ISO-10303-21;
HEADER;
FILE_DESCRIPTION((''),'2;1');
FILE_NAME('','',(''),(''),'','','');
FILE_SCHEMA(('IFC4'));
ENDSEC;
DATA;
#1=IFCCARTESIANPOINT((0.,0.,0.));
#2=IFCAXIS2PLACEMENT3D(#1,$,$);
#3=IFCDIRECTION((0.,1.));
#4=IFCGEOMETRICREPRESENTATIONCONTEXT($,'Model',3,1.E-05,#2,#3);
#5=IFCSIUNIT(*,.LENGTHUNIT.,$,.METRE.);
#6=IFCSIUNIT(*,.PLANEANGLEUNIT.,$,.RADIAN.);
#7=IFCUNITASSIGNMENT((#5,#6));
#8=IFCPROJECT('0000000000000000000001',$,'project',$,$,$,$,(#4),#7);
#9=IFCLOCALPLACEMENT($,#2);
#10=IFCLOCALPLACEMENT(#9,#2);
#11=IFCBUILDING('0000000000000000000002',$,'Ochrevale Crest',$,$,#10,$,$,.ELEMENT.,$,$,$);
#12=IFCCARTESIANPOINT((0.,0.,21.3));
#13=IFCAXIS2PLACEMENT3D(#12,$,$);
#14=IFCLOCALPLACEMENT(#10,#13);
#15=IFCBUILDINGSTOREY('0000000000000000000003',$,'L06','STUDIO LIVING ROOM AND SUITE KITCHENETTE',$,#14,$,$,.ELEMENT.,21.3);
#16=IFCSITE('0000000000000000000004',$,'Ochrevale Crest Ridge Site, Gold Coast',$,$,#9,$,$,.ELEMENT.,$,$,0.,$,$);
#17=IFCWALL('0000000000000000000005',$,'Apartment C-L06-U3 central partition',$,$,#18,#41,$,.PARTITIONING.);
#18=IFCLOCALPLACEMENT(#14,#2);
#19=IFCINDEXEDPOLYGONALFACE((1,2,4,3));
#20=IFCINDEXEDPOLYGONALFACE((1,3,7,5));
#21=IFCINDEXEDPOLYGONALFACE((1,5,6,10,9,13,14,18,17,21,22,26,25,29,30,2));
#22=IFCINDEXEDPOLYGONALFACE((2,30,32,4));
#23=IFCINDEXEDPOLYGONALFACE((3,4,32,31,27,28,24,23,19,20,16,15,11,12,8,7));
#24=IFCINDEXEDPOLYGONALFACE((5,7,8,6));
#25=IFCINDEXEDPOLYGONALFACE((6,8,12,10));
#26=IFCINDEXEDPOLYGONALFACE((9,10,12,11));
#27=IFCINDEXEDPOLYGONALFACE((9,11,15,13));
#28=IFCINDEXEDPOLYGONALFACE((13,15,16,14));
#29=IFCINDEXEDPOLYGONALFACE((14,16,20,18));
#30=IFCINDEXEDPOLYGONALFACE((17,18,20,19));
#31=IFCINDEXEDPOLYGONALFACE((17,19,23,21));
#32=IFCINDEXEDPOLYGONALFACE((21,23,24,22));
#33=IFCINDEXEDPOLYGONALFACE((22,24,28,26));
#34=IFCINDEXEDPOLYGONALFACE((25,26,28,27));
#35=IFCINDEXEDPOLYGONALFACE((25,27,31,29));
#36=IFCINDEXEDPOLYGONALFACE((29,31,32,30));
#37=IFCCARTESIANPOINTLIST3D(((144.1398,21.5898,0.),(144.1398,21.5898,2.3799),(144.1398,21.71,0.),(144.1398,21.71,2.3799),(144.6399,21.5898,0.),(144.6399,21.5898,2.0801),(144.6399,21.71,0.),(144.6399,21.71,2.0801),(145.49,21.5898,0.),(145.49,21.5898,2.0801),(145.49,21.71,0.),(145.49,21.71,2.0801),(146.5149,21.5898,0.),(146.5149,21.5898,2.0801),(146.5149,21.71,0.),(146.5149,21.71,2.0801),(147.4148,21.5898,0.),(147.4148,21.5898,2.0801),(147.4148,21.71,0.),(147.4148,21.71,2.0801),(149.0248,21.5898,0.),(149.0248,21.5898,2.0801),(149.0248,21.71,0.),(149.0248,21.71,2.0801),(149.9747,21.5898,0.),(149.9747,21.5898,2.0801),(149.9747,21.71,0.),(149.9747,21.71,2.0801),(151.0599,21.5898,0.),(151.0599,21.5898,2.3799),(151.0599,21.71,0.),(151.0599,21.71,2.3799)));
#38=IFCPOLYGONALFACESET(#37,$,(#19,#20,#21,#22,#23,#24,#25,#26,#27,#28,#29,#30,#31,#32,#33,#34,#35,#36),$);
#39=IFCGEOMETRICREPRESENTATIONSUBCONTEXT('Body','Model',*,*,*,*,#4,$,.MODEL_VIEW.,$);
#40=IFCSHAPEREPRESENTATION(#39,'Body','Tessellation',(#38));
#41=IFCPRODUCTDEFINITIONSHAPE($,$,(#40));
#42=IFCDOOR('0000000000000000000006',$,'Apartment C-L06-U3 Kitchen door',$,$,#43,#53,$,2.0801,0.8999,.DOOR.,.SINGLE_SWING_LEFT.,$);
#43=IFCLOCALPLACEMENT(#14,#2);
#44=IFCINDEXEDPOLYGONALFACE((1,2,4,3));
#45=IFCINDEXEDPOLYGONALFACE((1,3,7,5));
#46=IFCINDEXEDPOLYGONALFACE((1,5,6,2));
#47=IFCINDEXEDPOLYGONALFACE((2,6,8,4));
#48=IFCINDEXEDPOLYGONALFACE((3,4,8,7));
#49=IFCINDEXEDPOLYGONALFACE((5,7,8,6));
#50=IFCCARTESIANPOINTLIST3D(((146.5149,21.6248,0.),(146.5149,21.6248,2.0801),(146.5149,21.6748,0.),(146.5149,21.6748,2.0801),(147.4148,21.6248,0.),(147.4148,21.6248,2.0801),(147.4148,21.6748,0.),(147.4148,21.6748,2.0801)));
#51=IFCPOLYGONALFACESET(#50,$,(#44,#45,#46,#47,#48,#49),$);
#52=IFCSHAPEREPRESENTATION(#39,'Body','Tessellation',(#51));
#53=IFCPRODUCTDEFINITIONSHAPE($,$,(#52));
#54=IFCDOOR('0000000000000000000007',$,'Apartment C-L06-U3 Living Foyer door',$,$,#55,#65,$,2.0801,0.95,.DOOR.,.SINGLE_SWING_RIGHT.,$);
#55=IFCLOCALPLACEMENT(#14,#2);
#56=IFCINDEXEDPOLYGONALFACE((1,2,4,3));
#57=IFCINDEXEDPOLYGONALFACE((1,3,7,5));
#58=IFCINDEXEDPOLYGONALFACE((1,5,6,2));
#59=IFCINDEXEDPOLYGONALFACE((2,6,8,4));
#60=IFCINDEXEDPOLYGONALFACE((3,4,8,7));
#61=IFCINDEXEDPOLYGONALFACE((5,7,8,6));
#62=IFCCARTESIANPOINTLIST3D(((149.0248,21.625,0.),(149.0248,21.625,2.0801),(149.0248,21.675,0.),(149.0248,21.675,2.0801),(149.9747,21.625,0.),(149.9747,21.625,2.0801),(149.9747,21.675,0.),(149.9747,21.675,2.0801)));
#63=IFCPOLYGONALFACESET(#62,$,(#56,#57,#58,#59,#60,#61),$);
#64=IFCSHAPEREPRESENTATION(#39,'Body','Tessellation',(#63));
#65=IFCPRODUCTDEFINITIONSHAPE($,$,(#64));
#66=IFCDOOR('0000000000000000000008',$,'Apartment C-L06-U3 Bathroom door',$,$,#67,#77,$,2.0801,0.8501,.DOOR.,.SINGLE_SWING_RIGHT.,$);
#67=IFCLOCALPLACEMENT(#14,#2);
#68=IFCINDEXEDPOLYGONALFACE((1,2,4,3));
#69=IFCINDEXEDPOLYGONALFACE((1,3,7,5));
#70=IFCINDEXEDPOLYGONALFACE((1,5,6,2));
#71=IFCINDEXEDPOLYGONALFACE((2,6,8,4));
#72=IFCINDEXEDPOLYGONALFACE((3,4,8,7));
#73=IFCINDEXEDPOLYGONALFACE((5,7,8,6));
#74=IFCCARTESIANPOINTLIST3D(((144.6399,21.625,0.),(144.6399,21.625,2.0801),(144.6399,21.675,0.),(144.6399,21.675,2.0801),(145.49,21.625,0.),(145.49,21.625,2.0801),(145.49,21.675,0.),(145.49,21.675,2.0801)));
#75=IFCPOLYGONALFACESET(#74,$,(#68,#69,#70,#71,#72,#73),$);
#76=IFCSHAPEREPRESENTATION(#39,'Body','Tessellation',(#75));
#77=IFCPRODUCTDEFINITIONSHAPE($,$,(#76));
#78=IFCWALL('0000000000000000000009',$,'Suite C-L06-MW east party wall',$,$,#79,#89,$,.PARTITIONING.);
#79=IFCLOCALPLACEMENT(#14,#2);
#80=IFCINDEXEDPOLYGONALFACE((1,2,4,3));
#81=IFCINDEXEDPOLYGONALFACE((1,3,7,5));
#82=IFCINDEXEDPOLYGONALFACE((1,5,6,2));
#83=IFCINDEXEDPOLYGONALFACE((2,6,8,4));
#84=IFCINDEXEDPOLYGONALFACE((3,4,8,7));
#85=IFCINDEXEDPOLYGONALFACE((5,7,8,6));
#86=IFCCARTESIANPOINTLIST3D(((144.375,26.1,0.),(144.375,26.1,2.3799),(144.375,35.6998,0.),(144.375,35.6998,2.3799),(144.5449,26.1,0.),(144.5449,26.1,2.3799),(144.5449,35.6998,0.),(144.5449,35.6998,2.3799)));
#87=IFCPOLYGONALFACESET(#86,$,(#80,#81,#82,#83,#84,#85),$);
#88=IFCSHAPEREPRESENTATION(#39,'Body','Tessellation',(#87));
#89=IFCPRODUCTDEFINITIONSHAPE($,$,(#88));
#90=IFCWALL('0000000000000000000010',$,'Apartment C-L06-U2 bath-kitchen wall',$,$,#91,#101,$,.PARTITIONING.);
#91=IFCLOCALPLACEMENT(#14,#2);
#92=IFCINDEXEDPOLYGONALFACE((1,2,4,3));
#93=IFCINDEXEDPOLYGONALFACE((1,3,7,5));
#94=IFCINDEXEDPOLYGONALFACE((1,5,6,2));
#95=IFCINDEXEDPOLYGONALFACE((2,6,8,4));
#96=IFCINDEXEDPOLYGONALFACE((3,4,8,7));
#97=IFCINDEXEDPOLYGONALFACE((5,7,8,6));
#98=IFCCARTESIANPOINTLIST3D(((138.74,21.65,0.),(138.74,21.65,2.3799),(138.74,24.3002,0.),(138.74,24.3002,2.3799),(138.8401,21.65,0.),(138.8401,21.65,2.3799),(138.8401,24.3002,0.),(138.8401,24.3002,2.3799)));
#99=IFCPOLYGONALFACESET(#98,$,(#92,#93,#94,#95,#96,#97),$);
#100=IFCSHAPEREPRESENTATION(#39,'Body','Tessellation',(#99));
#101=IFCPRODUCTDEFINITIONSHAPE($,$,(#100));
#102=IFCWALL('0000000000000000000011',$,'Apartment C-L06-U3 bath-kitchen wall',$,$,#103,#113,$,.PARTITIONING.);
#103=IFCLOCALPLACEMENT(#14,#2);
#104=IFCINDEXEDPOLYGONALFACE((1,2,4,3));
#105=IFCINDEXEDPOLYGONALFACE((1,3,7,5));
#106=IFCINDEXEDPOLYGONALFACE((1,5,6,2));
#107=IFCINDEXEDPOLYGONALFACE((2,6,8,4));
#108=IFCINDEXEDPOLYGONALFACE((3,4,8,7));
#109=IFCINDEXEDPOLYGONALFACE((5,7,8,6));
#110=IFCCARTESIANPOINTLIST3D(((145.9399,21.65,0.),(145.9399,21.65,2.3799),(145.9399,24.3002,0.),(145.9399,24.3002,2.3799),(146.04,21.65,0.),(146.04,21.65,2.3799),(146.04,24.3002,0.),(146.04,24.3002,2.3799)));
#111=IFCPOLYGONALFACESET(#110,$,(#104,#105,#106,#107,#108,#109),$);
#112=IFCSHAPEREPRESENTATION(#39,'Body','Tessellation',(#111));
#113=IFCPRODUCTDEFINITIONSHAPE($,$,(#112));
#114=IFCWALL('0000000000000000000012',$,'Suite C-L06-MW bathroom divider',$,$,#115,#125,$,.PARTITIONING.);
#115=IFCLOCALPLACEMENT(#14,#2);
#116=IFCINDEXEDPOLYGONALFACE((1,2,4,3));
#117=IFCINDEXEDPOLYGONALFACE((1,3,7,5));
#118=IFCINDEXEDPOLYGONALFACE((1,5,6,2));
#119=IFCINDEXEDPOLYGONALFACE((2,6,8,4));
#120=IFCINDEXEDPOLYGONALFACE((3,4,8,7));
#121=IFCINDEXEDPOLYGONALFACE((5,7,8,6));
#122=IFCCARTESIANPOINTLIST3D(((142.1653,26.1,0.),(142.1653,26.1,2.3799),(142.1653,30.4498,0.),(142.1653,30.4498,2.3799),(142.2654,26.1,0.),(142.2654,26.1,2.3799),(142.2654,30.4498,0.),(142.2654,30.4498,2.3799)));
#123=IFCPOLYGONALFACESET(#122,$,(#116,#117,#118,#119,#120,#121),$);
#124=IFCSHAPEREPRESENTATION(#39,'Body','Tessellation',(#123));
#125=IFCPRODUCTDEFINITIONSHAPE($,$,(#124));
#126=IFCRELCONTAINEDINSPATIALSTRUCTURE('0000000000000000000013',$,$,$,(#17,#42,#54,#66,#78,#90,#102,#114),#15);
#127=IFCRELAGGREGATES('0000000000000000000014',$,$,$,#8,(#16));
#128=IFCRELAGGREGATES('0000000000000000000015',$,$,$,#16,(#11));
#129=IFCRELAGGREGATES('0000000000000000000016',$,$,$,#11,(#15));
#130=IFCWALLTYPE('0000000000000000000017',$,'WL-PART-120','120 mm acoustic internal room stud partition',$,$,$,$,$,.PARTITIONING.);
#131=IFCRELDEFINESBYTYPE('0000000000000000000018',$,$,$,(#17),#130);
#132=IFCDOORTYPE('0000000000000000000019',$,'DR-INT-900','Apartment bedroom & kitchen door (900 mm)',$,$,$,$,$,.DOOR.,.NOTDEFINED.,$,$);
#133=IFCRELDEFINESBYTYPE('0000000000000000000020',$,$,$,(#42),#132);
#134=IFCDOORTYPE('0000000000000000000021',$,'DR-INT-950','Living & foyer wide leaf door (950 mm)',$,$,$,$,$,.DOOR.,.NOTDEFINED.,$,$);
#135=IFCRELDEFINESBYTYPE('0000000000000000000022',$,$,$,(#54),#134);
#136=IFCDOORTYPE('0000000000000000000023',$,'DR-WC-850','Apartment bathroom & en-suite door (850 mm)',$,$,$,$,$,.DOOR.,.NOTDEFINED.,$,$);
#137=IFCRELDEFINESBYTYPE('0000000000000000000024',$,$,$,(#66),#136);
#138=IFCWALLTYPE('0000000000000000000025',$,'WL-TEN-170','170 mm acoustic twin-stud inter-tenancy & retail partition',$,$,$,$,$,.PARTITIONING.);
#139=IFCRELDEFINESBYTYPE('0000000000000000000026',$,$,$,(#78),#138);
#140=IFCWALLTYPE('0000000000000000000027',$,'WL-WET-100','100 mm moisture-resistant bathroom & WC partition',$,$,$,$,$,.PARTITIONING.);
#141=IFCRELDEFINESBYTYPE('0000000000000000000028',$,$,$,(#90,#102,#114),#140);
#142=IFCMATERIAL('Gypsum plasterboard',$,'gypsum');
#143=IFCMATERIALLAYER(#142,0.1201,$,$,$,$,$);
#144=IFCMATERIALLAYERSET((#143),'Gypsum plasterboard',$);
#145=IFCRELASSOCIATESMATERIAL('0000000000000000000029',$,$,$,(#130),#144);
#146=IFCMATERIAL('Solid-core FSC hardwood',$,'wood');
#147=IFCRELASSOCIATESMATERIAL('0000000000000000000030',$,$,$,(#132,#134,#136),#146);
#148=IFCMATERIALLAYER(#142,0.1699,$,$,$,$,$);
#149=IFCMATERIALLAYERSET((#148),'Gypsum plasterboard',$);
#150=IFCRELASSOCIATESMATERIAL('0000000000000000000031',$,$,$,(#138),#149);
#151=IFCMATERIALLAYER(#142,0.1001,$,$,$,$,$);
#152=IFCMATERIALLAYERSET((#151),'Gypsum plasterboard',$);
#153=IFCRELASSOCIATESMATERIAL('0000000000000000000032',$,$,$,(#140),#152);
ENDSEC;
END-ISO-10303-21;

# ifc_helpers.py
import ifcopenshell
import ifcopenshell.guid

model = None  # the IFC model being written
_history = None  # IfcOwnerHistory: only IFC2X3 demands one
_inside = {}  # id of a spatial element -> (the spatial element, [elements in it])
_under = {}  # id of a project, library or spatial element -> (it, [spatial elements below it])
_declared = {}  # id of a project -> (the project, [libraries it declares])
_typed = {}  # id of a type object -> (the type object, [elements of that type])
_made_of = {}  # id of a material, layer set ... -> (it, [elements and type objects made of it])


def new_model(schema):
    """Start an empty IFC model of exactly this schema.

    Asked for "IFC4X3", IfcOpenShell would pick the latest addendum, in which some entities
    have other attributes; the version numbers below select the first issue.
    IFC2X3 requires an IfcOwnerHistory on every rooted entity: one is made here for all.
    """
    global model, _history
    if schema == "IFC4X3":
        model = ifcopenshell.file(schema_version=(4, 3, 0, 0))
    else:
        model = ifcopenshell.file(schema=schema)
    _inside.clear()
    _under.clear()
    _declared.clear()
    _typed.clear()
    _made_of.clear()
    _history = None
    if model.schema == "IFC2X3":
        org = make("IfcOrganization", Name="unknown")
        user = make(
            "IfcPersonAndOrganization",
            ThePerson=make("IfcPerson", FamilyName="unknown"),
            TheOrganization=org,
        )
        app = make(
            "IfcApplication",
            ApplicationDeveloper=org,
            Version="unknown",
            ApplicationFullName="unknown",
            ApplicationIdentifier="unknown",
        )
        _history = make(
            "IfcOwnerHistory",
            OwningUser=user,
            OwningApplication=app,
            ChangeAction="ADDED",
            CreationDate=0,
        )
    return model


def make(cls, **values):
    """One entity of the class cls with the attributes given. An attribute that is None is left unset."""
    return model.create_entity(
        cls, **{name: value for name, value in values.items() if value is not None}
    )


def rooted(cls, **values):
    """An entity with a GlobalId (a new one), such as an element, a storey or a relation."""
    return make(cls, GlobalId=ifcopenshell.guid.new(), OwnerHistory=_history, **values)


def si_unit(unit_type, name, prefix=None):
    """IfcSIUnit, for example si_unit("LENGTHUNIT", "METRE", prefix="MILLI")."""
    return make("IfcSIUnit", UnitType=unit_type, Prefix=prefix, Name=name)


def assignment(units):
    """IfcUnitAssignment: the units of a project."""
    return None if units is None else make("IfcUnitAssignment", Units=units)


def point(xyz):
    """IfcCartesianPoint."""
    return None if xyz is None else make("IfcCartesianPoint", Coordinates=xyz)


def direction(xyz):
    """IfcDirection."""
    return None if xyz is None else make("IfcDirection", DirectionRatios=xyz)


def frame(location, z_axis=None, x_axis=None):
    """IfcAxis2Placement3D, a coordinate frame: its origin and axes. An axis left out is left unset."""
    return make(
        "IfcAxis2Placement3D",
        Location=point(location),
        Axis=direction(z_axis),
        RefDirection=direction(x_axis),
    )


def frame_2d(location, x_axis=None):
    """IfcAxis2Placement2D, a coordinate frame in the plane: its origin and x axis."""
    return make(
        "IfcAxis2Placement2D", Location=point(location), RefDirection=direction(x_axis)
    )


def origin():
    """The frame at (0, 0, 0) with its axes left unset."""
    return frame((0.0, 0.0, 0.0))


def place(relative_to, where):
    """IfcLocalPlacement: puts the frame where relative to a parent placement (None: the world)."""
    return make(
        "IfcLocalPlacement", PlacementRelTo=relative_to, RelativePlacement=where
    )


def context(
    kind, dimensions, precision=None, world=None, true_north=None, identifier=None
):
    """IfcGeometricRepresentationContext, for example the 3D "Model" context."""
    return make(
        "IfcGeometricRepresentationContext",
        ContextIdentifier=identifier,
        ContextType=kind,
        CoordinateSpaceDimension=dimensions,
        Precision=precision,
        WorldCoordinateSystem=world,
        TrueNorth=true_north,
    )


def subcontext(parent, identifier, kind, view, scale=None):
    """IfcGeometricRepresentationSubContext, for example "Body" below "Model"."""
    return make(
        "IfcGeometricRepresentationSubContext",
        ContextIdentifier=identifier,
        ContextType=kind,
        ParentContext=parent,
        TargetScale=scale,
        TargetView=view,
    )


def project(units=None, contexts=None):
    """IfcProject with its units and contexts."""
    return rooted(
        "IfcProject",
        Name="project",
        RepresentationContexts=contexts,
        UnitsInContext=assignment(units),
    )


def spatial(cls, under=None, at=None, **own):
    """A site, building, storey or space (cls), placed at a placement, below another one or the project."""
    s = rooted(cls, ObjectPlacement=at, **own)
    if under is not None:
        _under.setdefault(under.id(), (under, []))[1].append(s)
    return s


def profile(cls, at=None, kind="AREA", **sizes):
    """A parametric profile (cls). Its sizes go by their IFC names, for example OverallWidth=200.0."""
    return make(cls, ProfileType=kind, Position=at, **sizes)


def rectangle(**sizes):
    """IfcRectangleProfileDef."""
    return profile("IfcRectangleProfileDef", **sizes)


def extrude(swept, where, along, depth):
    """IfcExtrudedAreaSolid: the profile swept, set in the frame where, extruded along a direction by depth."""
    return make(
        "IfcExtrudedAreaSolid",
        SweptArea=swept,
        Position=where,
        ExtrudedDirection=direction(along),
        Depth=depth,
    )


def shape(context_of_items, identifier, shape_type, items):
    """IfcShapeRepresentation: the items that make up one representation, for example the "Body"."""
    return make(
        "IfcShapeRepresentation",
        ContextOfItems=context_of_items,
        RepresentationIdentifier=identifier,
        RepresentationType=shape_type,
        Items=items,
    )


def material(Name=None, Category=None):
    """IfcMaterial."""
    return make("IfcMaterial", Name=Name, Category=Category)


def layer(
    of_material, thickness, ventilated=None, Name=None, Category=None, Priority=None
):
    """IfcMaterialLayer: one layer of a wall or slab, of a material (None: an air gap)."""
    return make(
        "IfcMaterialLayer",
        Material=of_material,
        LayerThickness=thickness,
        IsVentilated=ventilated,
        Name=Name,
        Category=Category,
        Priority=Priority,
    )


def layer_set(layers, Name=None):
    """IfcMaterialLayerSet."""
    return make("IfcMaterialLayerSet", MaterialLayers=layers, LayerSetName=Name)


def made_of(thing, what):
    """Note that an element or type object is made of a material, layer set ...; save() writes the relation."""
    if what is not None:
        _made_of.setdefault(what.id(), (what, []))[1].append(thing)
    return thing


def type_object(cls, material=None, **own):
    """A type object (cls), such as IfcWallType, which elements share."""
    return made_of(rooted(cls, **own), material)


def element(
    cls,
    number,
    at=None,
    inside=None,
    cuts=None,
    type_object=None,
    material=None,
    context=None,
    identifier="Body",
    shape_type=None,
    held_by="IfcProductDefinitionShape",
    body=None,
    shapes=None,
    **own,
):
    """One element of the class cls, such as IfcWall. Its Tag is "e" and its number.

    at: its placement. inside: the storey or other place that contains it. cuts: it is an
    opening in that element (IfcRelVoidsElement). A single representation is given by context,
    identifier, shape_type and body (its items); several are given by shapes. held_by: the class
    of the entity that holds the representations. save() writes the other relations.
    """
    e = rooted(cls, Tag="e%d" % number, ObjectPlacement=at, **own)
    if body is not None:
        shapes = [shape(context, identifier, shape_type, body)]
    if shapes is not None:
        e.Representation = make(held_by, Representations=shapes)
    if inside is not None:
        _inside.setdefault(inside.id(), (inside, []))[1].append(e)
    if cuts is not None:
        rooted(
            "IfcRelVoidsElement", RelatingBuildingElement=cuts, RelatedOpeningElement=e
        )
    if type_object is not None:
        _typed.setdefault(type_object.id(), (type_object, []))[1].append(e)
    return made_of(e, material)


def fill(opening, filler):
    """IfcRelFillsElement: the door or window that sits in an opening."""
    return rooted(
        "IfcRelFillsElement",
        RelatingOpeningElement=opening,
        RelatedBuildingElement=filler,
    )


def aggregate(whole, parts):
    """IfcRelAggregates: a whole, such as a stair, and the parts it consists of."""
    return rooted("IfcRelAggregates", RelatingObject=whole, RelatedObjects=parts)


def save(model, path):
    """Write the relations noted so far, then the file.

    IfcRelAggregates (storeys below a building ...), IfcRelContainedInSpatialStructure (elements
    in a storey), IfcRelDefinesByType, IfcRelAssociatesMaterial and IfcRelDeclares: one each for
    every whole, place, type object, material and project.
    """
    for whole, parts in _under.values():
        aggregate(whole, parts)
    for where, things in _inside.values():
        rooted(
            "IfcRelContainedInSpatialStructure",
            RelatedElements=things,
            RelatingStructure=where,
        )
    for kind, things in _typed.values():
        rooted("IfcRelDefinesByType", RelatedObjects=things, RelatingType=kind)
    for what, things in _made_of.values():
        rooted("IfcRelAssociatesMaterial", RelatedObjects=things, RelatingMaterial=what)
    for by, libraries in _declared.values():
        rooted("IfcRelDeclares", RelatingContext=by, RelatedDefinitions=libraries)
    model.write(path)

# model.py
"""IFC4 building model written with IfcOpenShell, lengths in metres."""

from ifc_helpers import new_model, si_unit, direction, frame, frame_2d, origin, place, context, subcontext, project, spatial, rectangle, extrude, material, layer, layer_set, type_object, element, fill, save


model = new_model("IFC4")

# Units and contexts
model_context = context("Model", 3, precision=1e-05, world=origin(), true_north=direction((0.0, 1.0)))
body_context = subcontext(model_context, "Body", "Model", "MODEL_VIEW")
ifc_project = project(units=[si_unit("LENGTHUNIT", "METRE"), si_unit("PLANEANGLEUNIT", "RADIAN")], contexts=[model_context])

# Site, building, storey
site_placement = place(None, origin())
site = spatial("IfcSite", under=ifc_project, at=site_placement, Name="Ochrevale Crest Ridge Site, Gold Coast", CompositionType="ELEMENT", RefElevation=0.0)
building_placement = place(site_placement, origin())
building = spatial("IfcBuilding", under=site, at=building_placement, Name="Ochrevale Crest", CompositionType="ELEMENT")
storey_placement = place(building_placement, frame((0.0, 0.0, 21.3)))
storey = spatial("IfcBuildingStorey", under=building, at=storey_placement, Name="L06", Description="STUDIO LIVING ROOM AND SUITE KITCHENETTE", CompositionType="ELEMENT", Elevation=21.3)

# Shared definitions
ifc_material_1 = material(Name="Gypsum plasterboard", Category="gypsum")
ifc_material_2 = material(Name="Solid-core FSC hardwood", Category="wood")

# Shared definitions
ifc_layer_1 = layer(ifc_material_1, 0.1201)
ifc_layer_set_1 = layer_set([ifc_layer_1], Name="Gypsum plasterboard")
wall_type_1 = type_object("IfcWallType", Name="WL-PART-120", Description="120 mm acoustic internal room stud partition", PredefinedType="PARTITIONING", material=ifc_layer_set_1)

# Wall, openings, doors
wall_1_placement = place(storey_placement, frame((144.1399, 21.6499, 0.0), z_axis=(0.0, 0.0, 1.0), x_axis=(1.0, 0.0, 0.0)))
wall_1 = element("IfcWall", 1, at=wall_1_placement, inside=storey, type_object=wall_type_1, Name="Apartment C-L06-U3 central partition", PredefinedType="PARTITIONING", context=body_context, shape_type="SweptSolid", body=[
    extrude(rectangle(XDim=6.9202, YDim=0.1201, at=frame_2d((3.46, 0.0))), origin(), (0.0, 0.0, 1.0), 2.3799),
])
opening_1_placement = place(wall_1_placement, frame((1.3501, 0.0, 0.0), z_axis=(0.0, 0.0, 1.0), x_axis=(-1.0, 0.0, 0.0)))
opening_1 = element("IfcOpeningElement", 2, at=opening_1_placement, cuts=wall_1, PredefinedType="OPENING", context=body_context, shape_type="SweptSolid", body=[
    extrude(rectangle(XDim=0.8501, YDim=2.0801, at=frame_2d((0.425, 1.04))), frame((0.0, 0.0701, 0.0), z_axis=(0.0, -1.0, 0.0), x_axis=(1.0, 0.0, 0.0)), (0.0, 0.0, 1.0), 0.1401),
])
opening_2_placement = place(wall_1_placement, frame((2.375, 0.0, 0.0)))
opening_2 = element("IfcOpeningElement", 3, at=opening_2_placement, cuts=wall_1, PredefinedType="OPENING", context=body_context, shape_type="SweptSolid", body=[
    extrude(rectangle(XDim=0.8999, YDim=2.0801, at=frame_2d((0.45, 1.04))), frame((0.0, 0.0701, 0.0), z_axis=(0.0, -1.0, 0.0), x_axis=(1.0, 0.0, 0.0)), (0.0, 0.0, 1.0), 0.1401),
])
opening_3_placement = place(wall_1_placement, frame((5.835, 0.0, 0.0), z_axis=(0.0, 0.0, 1.0), x_axis=(-1.0, 0.0, 0.0)))
opening_3 = element("IfcOpeningElement", 4, at=opening_3_placement, cuts=wall_1, PredefinedType="OPENING", context=body_context, shape_type="SweptSolid", body=[
    extrude(rectangle(XDim=0.95, YDim=2.0801, at=frame_2d((0.4751, 1.04))), frame((0.0, 0.0701, 0.0), z_axis=(0.0, -1.0, 0.0), x_axis=(1.0, 0.0, 0.0)), (0.0, 0.0, 1.0), 0.1401),
])
door_type_1 = type_object("IfcDoorType", Name="DR-INT-900", Description="Apartment bedroom & kitchen door (900 mm)", OperationType="NOTDEFINED", PredefinedType="DOOR", material=ifc_material_2)
door_1_placement = place(opening_2_placement, origin())
door_1 = element("IfcDoor", 5, at=door_1_placement, inside=storey, type_object=door_type_1, Name="Apartment C-L06-U3 Kitchen door", OperationType="SINGLE_SWING_LEFT", OverallHeight=2.0801, OverallWidth=0.8999, PredefinedType="DOOR", context=body_context, shape_type="SweptSolid", body=[
    extrude(rectangle(XDim=0.8999, YDim=2.0801, at=frame_2d((0.45, 1.04))), frame((0.0, 0.0249, 0.0), z_axis=(0.0, -1.0, 0.0), x_axis=(1.0, 0.0, 0.0)), (0.0, 0.0, 1.0), 0.05),
])
fill(opening_2, door_1)
door_type_2 = type_object("IfcDoorType", Name="DR-INT-950", Description="Living & foyer wide leaf door (950 mm)", OperationType="NOTDEFINED", PredefinedType="DOOR", material=ifc_material_2)
door_2_placement = place(opening_3_placement, origin())
door_2 = element("IfcDoor", 6, at=door_2_placement, inside=storey, type_object=door_type_2, Name="Apartment C-L06-U3 Living Foyer door", OperationType="SINGLE_SWING_RIGHT", OverallHeight=2.0801, OverallWidth=0.95, PredefinedType="DOOR", context=body_context, shape_type="SweptSolid", body=[
    extrude(rectangle(XDim=0.95, YDim=2.0801, at=frame_2d((0.4751, 1.04))), frame((0.0, 0.0249, 0.0), z_axis=(0.0, -1.0, 0.0), x_axis=(1.0, 0.0, 0.0)), (0.0, 0.0, 1.0), 0.05),
])
fill(opening_3, door_2)
door_type_3 = type_object("IfcDoorType", Name="DR-WC-850", Description="Apartment bathroom & en-suite door (850 mm)", OperationType="NOTDEFINED", PredefinedType="DOOR", material=ifc_material_2)
door_3_placement = place(opening_1_placement, origin())
door_3 = element("IfcDoor", 7, at=door_3_placement, inside=storey, type_object=door_type_3, Name="Apartment C-L06-U3 Bathroom door", OperationType="SINGLE_SWING_RIGHT", OverallHeight=2.0801, OverallWidth=0.8501, PredefinedType="DOOR", context=body_context, shape_type="SweptSolid", body=[
    extrude(rectangle(XDim=0.8501, YDim=2.0801, at=frame_2d((0.425, 1.04))), frame((0.0, 0.0249, 0.0), z_axis=(0.0, -1.0, 0.0), x_axis=(1.0, 0.0, 0.0)), (0.0, 0.0, 1.0), 0.05),
])
fill(opening_1, door_3)

# Walls
ifc_layer_2 = layer(ifc_material_1, 0.1699)
ifc_layer_set_2 = layer_set([ifc_layer_2], Name="Gypsum plasterboard")
wall_type_2 = type_object("IfcWallType", Name="WL-TEN-170", Description="170 mm acoustic twin-stud inter-tenancy & retail partition", PredefinedType="PARTITIONING", material=ifc_layer_set_2)
wall_2_placement = place(storey_placement, frame((144.46, 26.1001, 0.0), z_axis=(0.0, 0.0, 1.0), x_axis=(0.0, 1.0, 0.0)))
element("IfcWall", 8, at=wall_2_placement, inside=storey, type_object=wall_type_2, Name="Suite C-L06-MW east party wall", PredefinedType="PARTITIONING", context=body_context, shape_type="SweptSolid", body=[
    extrude(rectangle(XDim=9.5999, YDim=0.1699, at=frame_2d((4.7998, 0.0))), origin(), (0.0, 0.0, 1.0), 2.3799),
])
ifc_layer_3 = layer(ifc_material_1, 0.1001)
ifc_layer_set_3 = layer_set([ifc_layer_3], Name="Gypsum plasterboard")
wall_type_3 = type_object("IfcWallType", Name="WL-WET-100", Description="100 mm moisture-resistant bathroom & WC partition", PredefinedType="PARTITIONING", material=ifc_layer_set_3)
for number, where, z_axis, x_axis, name in (
    (9, (138.79, 21.6499, 0.0), (0.0, 0.0, 1.0), (0.0, 1.0, 0.0), "Apartment C-L06-U2 bath-kitchen wall"),
    (10, (145.99, 21.6499, 0.0), (0.0, 0.0, 1.0), (0.0, 1.0, 0.0), "Apartment C-L06-U3 bath-kitchen wall"),
):
    element("IfcWall", number, at=place(storey_placement, frame(where, z_axis=z_axis, x_axis=x_axis)), inside=storey, type_object=wall_type_3, Name=name, PredefinedType="PARTITIONING", context=body_context, shape_type="SweptSolid", body=[
        extrude(rectangle(XDim=2.6501, YDim=0.1001, at=frame_2d((1.3252, 0.0))), origin(), (0.0, 0.0, 1.0), 2.3799),
    ])
wall_3_placement = place(storey_placement, frame((142.2153, 26.1001, 0.0), z_axis=(0.0, 0.0, 1.0), x_axis=(0.0, 1.0, 0.0)))
element("IfcWall", 11, at=wall_3_placement, inside=storey, type_object=wall_type_3, Name="Suite C-L06-MW bathroom divider", PredefinedType="PARTITIONING", context=body_context, shape_type="SweptSolid", body=[
    extrude(rectangle(XDim=4.3499, YDim=0.1001, at=frame_2d((2.1748, 0.0))), origin(), (0.0, 0.0, 1.0), 2.3799),
])

save(model, "model.ifc")
